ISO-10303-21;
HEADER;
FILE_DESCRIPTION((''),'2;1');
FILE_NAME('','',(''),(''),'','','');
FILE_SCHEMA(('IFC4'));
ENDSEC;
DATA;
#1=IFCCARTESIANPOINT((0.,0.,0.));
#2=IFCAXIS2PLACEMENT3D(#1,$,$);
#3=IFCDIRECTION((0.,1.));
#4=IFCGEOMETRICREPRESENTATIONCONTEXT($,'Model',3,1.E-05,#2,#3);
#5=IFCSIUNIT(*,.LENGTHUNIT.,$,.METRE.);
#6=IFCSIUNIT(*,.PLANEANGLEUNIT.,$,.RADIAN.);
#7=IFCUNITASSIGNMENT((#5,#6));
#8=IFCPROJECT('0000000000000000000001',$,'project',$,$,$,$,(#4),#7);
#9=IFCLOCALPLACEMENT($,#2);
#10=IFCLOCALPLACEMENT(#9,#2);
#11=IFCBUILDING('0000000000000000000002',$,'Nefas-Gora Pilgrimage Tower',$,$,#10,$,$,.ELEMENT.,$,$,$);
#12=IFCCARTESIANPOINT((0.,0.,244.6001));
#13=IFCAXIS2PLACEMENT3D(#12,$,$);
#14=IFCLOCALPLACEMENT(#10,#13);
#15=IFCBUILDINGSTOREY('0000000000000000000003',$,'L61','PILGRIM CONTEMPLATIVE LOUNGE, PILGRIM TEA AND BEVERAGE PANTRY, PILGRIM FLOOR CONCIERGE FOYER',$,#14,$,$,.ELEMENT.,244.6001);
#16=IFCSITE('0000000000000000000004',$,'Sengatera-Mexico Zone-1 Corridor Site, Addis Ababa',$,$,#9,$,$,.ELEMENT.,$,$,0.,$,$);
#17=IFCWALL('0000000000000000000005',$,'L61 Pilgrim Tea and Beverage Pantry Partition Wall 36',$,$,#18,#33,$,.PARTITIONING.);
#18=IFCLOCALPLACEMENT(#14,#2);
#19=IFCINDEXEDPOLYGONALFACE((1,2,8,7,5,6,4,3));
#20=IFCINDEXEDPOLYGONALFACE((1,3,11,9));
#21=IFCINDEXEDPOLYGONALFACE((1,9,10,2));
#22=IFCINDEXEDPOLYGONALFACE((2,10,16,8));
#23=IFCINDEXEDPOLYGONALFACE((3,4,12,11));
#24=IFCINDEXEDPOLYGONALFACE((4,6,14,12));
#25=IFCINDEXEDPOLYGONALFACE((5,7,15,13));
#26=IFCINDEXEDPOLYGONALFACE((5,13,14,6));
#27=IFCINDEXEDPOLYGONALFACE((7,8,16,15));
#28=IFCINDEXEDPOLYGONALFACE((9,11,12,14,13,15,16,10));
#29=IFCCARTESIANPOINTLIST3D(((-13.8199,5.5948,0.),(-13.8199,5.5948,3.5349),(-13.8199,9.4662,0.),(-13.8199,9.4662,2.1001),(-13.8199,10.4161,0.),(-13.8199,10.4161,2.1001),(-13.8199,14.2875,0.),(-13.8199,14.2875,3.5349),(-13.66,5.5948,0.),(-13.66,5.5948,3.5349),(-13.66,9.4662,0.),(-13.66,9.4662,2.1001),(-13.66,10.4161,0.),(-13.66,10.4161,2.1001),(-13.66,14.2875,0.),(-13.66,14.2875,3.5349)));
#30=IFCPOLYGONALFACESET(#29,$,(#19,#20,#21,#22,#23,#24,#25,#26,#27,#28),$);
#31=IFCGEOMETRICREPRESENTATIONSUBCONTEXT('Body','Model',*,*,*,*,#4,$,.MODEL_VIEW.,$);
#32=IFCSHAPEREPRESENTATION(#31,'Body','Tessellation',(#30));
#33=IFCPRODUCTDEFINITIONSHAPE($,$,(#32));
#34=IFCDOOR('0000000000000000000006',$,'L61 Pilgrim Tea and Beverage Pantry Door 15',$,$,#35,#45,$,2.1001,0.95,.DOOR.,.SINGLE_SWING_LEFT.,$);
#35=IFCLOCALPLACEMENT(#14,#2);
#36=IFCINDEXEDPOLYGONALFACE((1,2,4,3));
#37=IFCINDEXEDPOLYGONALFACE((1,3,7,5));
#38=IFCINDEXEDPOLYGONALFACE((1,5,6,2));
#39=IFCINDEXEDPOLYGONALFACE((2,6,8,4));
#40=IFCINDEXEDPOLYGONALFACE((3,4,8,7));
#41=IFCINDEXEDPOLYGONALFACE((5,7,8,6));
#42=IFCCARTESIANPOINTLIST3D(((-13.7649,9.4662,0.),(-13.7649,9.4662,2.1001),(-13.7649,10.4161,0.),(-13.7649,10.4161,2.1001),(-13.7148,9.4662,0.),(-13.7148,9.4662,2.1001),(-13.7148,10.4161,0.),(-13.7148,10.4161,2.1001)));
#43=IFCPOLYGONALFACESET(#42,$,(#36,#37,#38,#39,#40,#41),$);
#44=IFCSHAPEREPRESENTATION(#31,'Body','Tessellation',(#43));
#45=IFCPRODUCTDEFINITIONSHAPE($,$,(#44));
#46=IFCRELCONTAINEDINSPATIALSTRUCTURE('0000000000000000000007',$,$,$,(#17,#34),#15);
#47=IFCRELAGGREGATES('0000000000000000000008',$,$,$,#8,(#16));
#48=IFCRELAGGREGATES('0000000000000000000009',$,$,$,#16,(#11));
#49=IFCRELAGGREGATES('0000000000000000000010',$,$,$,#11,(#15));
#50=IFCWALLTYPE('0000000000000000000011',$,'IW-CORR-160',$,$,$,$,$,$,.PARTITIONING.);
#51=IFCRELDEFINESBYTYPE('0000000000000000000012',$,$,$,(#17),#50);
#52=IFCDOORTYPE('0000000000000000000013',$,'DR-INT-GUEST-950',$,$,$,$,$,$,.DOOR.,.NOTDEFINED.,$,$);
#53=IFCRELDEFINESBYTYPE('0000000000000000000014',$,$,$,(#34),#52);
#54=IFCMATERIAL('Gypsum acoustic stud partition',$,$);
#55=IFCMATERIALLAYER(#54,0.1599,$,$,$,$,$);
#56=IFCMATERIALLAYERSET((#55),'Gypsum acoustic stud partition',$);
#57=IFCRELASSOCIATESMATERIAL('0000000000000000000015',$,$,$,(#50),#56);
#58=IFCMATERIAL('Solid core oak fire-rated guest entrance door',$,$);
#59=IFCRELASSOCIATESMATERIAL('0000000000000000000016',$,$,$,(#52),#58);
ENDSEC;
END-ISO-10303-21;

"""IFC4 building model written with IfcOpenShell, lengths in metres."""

from ifc_helpers import new_model, si_unit, direction, frame, frame_2d, origin, place, context, subcontext, project, spatial, rectangle, extrude, source, transform, mapped, material, layer, layer_set, type_object, element, fill, save


model = new_model("IFC4")

# Units and contexts
model_context = context("Model", 3, precision=1e-05, world=origin(), true_north=direction((0.0, 1.0)))
body_context = subcontext(model_context, "Body", "Model", "MODEL_VIEW")
ifc_project = project(units=[si_unit("LENGTHUNIT", "METRE"), si_unit("PLANEANGLEUNIT", "RADIAN")], contexts=[model_context])

# Site, building, storey
site_placement = place(None, origin())
site = spatial("IfcSite", under=ifc_project, at=site_placement, Name="Sengatera-Mexico Zone-1 Corridor Site, Addis Ababa", CompositionType="ELEMENT", RefElevation=0.0)
building_placement = place(site_placement, origin())
building = spatial("IfcBuilding", under=site, at=building_placement, Name="Nefas-Gora Pilgrimage Tower", CompositionType="ELEMENT")
storey_placement = place(building_placement, frame((0.0, 0.0, 244.6001)))
storey = spatial("IfcBuildingStorey", under=building, at=storey_placement, Name="L61", Description="PILGRIM CONTEMPLATIVE LOUNGE, PILGRIM TEA AND BEVERAGE PANTRY, PILGRIM FLOOR CONCIERGE FOYER", CompositionType="ELEMENT", Elevation=244.6001)

# Shared definitions
ifc_material_1 = material(Name="Gypsum acoustic stud partition")
ifc_layer_1 = layer(ifc_material_1, 0.1599)
ifc_layer_set_1 = layer_set([ifc_layer_1], Name="Gypsum acoustic stud partition")
wall_type_1 = type_object("IfcWallType", Name="IW-CORR-160", PredefinedType="PARTITIONING", material=ifc_layer_set_1)
ifc_material_2 = material(Name="Solid core oak fire-rated guest entrance door")
door_type = type_object("IfcDoorType", Name="DR-INT-GUEST-950", OperationType="NOTDEFINED", PredefinedType="DOOR", material=ifc_material_2)
shared_shape_1 = source(origin(), body_context, "Body", "SweptSolid", [
    extrude(rectangle(XDim=0.95, YDim=2.1001, at=frame_2d((0.4751, 1.05))), frame((0.0, 0.0249, 0.0), z_axis=(0.0, -1.0, 0.0), x_axis=(1.0, 0.0, 0.0)), (0.0, 0.0, 1.0), 0.05),
])

# Wall, opening, door
shared_shape_2 = source(origin(), body_context, "Body", "SweptSolid", [
    extrude(rectangle(XDim=8.6926, YDim=0.1599, at=frame_2d((4.3462, 0.0))), origin(), (0.0, 0.0, 1.0), 3.5349),
])
wall_1_placement = place(storey_placement, frame((-13.74, 5.595, 0.0), z_axis=(0.0, 0.0, 1.0), x_axis=(0.0, 1.0, 0.0)))
wall_1 = element("IfcWall", 1, at=wall_1_placement, inside=storey, type_object=wall_type_1, Name="L61 Pilgrim Tea and Beverage Pantry Partition Wall 36", PredefinedType="PARTITIONING", context=body_context, shape_type="MappedRepresentation", body=[
    mapped(shared_shape_2, transform((0.0, 0.0, 0.0), x_axis=(1.0, 0.0, 0.0), y_axis=(0.0, 1.0, 0.0), z_axis=(0.0, 0.0, 1.0), scale=1.0)),
])
opening_1_placement = place(wall_1_placement, frame((3.8711, 0.0, 0.0)))
opening_1 = element("IfcOpeningElement", 2, at=opening_1_placement, cuts=wall_1, PredefinedType="OPENING", context=body_context, shape_type="SweptSolid", body=[
    extrude(rectangle(XDim=0.95, YDim=2.1001, at=frame_2d((0.4751, 1.05))), frame((0.0, 0.0898, 0.0), z_axis=(0.0, -1.0, 0.0), x_axis=(1.0, 0.0, 0.0)), (0.0, 0.0, 1.0), 0.1799),
])
door_1_placement = place(opening_1_placement, origin())
door_1 = element("IfcDoor", 3, at=door_1_placement, inside=storey, type_object=door_type, Name="L61 Pilgrim Tea and Beverage Pantry Door 15", OperationType="SINGLE_SWING_LEFT", OverallHeight=2.1001, OverallWidth=0.95, PredefinedType="DOOR", context=body_context, shape_type="MappedRepresentation", body=[
    mapped(shared_shape_1, transform((0.0, 0.0, 0.0), x_axis=(1.0, 0.0, 0.0), y_axis=(0.0, 1.0, 0.0), z_axis=(0.0, 0.0, 1.0), scale=1.0)),
])
fill(opening_1, door_1)

save(model, "model.ifc")
